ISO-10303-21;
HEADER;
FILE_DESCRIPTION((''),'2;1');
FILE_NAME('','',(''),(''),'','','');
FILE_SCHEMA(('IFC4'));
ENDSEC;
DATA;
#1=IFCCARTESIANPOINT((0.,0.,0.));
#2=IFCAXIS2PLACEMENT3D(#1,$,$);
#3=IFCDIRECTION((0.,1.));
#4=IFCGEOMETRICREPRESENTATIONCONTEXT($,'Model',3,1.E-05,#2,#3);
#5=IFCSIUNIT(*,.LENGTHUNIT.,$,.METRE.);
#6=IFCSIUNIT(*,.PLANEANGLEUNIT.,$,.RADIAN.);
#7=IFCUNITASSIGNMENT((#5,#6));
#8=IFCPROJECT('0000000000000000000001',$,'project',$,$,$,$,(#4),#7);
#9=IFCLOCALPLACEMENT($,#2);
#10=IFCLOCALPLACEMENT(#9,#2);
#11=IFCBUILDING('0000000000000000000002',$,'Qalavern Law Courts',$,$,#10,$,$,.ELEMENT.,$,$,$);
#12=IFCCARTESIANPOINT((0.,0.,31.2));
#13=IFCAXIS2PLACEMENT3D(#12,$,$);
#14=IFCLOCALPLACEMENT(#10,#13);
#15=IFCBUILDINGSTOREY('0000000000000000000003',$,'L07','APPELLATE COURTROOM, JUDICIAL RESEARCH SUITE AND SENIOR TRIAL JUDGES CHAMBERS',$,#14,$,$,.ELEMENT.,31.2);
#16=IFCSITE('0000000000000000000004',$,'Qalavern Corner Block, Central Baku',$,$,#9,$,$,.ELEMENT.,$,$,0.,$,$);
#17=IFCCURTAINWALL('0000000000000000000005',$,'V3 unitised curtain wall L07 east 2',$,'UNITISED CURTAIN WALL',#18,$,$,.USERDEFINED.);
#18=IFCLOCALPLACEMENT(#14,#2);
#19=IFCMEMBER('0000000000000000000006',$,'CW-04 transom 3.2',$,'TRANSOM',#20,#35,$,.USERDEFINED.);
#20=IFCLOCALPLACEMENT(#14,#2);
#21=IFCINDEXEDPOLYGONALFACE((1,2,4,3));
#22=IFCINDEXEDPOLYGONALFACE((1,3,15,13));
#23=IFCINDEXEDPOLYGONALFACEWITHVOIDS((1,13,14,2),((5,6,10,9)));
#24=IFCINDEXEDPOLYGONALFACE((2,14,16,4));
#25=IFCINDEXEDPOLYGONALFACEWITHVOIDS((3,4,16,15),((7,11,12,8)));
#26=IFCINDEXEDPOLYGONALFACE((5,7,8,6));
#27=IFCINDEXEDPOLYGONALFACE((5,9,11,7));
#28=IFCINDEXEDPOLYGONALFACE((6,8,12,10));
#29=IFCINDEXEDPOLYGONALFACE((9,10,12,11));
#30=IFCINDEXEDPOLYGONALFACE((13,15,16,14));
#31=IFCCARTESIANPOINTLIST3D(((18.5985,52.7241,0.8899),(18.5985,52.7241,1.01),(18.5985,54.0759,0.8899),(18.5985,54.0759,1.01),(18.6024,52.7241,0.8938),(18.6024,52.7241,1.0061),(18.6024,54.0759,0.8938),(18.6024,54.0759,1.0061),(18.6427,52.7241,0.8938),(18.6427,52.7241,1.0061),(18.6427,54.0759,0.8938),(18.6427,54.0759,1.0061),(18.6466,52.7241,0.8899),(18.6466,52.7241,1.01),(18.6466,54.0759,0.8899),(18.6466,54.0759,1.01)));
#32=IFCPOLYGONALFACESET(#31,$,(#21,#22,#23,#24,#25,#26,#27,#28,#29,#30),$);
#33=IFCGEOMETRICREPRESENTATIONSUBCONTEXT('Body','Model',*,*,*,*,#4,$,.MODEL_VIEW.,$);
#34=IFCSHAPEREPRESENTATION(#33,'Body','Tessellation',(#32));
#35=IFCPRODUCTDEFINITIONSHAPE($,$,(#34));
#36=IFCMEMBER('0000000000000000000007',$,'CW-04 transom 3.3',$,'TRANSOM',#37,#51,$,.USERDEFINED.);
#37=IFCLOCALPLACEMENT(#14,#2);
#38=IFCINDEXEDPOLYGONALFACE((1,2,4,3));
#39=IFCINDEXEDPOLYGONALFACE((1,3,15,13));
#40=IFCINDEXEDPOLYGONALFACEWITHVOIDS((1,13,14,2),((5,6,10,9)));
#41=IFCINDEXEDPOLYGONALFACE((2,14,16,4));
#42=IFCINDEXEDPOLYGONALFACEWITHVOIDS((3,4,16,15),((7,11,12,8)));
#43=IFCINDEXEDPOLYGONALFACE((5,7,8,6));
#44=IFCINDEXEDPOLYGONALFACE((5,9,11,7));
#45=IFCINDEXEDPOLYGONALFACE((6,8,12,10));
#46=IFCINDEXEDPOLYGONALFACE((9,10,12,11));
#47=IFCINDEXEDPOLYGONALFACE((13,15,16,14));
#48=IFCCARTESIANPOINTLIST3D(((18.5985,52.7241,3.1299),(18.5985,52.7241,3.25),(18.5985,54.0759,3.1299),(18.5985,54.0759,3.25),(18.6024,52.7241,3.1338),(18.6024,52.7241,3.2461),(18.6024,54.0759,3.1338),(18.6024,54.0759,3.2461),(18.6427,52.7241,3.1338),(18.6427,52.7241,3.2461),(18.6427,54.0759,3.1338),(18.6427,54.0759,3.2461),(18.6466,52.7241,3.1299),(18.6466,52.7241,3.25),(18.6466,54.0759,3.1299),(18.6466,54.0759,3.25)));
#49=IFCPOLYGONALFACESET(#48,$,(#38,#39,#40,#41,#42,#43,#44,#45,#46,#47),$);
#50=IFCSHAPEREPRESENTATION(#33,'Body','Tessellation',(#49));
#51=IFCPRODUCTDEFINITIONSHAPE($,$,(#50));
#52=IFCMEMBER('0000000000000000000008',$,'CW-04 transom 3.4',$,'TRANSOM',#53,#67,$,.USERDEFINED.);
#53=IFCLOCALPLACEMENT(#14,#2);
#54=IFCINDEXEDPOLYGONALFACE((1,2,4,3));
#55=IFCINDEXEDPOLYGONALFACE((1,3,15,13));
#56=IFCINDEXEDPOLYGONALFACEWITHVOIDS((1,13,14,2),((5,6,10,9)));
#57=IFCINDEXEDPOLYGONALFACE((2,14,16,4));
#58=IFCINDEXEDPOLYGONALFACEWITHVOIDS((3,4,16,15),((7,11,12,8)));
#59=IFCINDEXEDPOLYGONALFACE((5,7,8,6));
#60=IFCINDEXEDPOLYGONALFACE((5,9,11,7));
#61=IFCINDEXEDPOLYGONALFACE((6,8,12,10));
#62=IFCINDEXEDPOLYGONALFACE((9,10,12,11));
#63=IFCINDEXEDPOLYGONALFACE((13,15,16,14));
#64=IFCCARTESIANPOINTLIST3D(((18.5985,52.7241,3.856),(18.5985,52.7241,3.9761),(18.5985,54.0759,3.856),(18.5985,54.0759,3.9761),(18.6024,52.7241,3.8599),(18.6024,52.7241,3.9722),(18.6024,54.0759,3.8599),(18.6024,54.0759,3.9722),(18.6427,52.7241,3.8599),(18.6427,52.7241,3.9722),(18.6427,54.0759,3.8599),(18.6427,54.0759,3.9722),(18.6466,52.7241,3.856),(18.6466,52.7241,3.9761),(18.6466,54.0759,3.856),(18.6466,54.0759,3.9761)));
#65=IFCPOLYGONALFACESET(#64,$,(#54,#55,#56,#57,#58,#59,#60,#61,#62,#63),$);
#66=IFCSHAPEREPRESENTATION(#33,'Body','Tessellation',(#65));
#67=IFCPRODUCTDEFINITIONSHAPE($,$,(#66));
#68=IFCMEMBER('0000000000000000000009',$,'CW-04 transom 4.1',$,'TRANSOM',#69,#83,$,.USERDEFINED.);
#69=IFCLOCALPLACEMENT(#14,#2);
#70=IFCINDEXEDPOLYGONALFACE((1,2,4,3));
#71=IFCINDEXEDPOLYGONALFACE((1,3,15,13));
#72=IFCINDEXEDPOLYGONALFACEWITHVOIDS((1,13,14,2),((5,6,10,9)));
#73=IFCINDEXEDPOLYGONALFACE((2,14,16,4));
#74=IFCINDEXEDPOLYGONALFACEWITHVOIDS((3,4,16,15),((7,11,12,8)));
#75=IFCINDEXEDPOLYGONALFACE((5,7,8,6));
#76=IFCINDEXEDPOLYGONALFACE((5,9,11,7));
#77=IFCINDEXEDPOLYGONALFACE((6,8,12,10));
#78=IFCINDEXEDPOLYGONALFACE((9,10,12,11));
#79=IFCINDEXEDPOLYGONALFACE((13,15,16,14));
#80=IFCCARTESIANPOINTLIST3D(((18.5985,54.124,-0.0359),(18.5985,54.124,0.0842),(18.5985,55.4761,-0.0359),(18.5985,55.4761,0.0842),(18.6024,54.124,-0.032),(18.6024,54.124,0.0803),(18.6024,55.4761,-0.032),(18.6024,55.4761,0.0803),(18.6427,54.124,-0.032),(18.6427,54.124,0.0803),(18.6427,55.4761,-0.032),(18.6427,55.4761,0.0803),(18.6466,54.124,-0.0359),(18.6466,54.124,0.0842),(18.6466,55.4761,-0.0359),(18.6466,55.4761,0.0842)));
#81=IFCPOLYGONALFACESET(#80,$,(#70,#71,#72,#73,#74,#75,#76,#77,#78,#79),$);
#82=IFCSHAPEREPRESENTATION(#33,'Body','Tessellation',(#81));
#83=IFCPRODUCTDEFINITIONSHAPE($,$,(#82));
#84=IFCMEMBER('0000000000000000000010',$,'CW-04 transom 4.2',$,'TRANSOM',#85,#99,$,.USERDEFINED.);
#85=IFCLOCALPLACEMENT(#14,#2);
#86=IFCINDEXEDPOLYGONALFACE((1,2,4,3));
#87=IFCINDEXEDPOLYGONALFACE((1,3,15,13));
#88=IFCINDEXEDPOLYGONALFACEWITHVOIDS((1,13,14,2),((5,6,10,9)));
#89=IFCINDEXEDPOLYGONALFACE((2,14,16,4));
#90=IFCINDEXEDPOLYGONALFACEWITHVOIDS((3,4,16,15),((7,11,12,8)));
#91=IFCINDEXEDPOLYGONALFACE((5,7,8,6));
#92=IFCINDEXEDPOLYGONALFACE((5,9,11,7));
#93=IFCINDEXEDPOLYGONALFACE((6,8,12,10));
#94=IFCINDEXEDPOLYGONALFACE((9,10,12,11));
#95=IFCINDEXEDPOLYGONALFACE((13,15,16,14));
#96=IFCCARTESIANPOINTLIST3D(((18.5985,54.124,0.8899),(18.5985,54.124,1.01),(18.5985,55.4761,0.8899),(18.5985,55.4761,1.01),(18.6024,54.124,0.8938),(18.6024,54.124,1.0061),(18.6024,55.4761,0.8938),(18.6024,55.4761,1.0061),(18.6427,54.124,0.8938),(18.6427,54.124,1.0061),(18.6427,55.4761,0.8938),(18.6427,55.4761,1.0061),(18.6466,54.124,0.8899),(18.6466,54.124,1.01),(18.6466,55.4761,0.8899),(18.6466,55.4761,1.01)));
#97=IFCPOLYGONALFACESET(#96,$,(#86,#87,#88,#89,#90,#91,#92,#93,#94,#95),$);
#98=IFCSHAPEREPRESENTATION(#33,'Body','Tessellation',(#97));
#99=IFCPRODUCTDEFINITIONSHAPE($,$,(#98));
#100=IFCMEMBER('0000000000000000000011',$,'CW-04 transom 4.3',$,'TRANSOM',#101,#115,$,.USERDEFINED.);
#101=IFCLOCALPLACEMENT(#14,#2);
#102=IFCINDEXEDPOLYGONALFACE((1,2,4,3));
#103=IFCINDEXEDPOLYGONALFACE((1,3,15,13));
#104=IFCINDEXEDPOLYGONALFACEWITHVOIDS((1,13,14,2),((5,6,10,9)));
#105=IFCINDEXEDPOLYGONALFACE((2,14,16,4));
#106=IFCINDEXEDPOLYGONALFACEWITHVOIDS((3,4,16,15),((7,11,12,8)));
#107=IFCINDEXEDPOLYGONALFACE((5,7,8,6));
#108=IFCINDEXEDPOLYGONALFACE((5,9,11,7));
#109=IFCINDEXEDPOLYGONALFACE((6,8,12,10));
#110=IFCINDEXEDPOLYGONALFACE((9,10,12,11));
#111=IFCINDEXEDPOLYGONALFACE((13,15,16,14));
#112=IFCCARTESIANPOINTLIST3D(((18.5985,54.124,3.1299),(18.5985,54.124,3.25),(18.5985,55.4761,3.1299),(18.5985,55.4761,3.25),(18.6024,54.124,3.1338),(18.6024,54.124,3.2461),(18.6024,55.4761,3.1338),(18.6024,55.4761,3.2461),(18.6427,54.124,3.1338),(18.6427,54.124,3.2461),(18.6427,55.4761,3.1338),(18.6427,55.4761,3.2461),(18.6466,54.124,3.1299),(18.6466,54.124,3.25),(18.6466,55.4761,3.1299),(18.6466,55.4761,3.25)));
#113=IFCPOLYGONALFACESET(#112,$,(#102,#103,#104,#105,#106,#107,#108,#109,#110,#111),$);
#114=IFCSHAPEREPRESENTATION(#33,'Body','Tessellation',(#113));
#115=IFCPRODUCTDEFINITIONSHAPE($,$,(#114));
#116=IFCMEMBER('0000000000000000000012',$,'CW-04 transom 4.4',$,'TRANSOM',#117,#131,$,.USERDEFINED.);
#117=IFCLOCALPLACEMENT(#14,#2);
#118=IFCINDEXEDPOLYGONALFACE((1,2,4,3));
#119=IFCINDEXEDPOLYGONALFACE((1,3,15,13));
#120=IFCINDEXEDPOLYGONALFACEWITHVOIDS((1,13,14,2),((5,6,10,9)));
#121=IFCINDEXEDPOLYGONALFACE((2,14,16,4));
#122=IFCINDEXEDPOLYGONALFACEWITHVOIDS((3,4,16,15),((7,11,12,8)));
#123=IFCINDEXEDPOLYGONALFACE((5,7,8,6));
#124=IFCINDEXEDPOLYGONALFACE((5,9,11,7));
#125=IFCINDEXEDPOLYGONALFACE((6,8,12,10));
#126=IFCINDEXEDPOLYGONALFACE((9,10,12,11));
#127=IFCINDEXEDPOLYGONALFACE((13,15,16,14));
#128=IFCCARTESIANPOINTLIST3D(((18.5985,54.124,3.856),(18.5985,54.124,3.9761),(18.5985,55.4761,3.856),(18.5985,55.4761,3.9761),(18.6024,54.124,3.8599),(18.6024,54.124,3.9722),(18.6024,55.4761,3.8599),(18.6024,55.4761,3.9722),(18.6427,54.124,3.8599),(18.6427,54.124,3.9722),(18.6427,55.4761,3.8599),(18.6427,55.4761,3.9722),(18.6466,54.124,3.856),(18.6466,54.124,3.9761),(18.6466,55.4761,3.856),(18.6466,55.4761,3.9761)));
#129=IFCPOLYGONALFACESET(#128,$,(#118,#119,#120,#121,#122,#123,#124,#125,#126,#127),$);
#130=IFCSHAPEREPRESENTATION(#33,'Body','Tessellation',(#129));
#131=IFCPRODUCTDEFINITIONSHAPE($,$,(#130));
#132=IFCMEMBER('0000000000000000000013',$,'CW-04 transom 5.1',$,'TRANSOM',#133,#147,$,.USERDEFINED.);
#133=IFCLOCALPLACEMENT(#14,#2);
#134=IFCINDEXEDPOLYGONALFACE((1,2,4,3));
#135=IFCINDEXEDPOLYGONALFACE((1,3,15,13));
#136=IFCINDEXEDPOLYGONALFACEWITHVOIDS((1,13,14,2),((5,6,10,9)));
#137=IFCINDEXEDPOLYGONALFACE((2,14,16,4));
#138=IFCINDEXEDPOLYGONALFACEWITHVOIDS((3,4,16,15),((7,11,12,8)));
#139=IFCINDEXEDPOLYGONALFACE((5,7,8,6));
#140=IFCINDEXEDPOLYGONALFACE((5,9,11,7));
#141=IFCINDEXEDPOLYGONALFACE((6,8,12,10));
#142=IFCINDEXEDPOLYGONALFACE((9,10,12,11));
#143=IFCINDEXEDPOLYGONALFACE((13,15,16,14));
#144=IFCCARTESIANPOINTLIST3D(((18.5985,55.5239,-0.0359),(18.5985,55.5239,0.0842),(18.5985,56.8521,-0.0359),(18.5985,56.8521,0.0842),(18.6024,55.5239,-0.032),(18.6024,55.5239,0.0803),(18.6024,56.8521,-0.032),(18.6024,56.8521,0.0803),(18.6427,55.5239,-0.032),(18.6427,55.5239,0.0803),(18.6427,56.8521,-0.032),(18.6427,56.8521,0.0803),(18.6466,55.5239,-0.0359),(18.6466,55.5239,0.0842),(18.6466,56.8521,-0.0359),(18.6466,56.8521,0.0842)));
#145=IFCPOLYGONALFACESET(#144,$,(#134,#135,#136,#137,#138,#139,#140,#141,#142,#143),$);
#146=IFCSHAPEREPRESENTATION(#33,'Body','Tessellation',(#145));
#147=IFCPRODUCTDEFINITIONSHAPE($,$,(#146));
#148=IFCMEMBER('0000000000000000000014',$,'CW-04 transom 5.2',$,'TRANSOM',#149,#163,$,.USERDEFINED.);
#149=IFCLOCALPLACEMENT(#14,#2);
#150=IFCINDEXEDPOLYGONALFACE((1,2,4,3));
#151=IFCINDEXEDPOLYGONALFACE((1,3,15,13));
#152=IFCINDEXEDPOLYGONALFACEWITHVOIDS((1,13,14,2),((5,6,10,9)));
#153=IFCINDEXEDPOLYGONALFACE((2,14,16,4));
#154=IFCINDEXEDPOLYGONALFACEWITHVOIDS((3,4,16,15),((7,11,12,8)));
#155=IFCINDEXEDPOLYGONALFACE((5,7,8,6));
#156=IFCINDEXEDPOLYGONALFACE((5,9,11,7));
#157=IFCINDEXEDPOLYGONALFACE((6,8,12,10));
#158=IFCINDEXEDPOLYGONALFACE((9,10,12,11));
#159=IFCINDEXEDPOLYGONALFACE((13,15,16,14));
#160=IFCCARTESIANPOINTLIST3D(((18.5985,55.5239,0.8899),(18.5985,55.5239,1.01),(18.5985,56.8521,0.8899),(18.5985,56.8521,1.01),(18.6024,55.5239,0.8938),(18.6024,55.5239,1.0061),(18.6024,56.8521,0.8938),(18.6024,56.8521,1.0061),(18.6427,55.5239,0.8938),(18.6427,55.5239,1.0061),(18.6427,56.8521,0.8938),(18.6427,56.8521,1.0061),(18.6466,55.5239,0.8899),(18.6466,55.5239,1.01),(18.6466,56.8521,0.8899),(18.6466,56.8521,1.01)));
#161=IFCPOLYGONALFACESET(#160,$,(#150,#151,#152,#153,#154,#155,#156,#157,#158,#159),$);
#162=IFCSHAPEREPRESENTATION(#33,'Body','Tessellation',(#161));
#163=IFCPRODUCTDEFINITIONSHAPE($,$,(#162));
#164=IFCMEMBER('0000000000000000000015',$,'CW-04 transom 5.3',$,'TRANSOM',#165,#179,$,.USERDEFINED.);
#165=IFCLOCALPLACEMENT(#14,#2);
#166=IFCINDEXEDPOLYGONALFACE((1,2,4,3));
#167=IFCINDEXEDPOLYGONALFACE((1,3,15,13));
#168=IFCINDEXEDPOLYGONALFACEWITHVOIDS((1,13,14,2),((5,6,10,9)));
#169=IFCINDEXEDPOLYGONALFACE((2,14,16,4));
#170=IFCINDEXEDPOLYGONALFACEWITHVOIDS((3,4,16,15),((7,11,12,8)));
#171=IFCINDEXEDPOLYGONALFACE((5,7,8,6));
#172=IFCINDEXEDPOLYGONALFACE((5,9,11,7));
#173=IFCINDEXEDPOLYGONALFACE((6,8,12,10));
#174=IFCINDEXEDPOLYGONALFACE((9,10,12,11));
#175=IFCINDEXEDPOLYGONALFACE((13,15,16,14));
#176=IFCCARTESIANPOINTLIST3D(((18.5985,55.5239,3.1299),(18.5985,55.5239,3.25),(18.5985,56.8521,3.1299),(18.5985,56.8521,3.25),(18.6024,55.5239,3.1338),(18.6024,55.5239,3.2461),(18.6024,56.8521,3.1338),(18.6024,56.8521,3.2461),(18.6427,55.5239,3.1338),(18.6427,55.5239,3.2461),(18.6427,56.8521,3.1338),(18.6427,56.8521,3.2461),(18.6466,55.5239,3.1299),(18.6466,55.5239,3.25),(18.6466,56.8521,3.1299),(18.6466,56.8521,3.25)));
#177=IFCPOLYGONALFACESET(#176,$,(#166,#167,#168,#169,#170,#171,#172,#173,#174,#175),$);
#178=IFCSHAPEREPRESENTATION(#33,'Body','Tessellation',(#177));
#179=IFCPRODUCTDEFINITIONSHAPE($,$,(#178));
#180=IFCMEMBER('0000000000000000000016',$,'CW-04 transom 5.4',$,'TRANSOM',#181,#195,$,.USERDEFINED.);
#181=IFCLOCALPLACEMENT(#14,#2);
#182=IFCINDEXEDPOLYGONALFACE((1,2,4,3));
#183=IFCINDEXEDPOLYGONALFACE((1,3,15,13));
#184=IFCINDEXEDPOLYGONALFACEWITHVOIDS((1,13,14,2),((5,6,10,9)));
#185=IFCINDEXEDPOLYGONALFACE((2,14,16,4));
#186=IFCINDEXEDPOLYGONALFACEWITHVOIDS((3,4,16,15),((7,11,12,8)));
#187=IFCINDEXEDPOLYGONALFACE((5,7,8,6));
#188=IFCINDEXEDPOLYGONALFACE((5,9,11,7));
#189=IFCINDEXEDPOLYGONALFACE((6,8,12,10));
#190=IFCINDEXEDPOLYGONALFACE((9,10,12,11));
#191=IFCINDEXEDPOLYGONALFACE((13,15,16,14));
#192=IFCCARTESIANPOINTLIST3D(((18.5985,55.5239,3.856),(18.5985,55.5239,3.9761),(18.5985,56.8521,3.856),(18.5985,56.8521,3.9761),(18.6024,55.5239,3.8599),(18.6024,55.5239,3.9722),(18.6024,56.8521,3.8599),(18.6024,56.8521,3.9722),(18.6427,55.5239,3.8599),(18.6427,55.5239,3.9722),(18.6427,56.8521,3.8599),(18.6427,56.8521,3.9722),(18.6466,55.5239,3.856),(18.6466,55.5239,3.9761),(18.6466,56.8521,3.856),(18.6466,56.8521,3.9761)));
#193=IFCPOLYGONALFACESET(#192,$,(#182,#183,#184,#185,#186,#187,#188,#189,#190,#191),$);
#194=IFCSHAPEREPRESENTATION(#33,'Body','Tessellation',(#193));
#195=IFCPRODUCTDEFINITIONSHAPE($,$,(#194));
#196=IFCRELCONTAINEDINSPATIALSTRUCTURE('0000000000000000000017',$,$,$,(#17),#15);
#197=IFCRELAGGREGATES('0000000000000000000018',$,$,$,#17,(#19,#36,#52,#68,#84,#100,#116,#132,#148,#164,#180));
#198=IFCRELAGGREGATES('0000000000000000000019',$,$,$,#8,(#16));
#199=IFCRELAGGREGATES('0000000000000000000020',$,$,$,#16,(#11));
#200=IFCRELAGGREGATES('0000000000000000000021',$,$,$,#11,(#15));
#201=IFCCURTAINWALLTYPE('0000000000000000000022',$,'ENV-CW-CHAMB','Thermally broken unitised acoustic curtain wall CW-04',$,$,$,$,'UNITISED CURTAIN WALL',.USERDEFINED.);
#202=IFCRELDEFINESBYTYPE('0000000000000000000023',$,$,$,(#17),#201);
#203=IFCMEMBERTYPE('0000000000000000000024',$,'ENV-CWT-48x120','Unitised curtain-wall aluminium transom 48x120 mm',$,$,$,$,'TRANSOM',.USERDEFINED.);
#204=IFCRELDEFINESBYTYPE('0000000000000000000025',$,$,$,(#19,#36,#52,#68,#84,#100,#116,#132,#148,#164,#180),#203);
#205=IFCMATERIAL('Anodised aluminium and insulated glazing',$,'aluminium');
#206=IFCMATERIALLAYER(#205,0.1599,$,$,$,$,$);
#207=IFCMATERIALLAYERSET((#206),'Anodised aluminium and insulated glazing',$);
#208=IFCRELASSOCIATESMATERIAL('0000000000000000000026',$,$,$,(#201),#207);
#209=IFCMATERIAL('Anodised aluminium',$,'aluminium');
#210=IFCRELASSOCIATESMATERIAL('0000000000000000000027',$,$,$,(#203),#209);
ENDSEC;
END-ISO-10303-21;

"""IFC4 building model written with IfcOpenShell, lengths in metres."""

from ifc_helpers import new_model, si_unit, direction, frame, origin, origin_2d, place, context, subcontext, project, spatial, hollow_rectangle, extrude, material, layer, layer_set, material_profile, profile_set, type_object, element, aggregate, save


model = new_model("IFC4")

# Units and contexts
model_context = context("Model", 3, precision=1e-05, world=origin(), true_north=direction((0.0, 1.0)))
body_context = subcontext(model_context, "Body", "Model", "MODEL_VIEW")
ifc_project = project(units=[si_unit("LENGTHUNIT", "METRE"), si_unit("PLANEANGLEUNIT", "RADIAN")], contexts=[model_context])

# Site, building, storey
site_placement = place(None, origin())
site = spatial("IfcSite", under=ifc_project, at=site_placement, Name="Qalavern Corner Block, Central Baku", CompositionType="ELEMENT", RefElevation=0.0)
building_placement = place(site_placement, origin())
building = spatial("IfcBuilding", under=site, at=building_placement, Name="Qalavern Law Courts", CompositionType="ELEMENT")
storey_placement = place(building_placement, frame((0.0, 0.0, 31.2)))
storey = spatial("IfcBuildingStorey", under=building, at=storey_placement, Name="L07", Description="APPELLATE COURTROOM, JUDICIAL RESEARCH SUITE AND SENIOR TRIAL JUDGES CHAMBERS", CompositionType="ELEMENT", Elevation=31.2)

# Curtain wall
ifc_material_1 = material(Name="Anodised aluminium and insulated glazing", Category="aluminium")
ifc_layer_1 = layer(ifc_material_1, 0.1599)
ifc_layer_set_1 = layer_set([ifc_layer_1], Name="Anodised aluminium and insulated glazing")
curtain_wall_type = type_object("IfcCurtainWallType", Name="ENV-CW-CHAMB", Description="Thermally broken unitised acoustic curtain wall CW-04", ElementType="UNITISED CURTAIN WALL", PredefinedType="USERDEFINED", material=ifc_layer_set_1)
curtain_wall_1_placement = place(storey_placement, origin())
curtain_wall_1 = element("IfcCurtainWall", 1, at=curtain_wall_1_placement, inside=storey, type_object=curtain_wall_type, Name="V3 unitised curtain wall L07 east 2", ObjectType="UNITISED CURTAIN WALL", PredefinedType="USERDEFINED")
ifc_material_2 = material(Name="Anodised aluminium", Category="aluminium")

# Members
ifc_material_profile_1 = material_profile(ifc_material_2, hollow_rectangle(XDim=0.0481, YDim=0.1201, WallThickness=0.0039, at=origin_2d()), Name="ALU TRANSOM 48x120")
ifc_profile_set_1 = profile_set([ifc_material_profile_1], Name="Anodised aluminium")
member_type_1 = type_object("IfcMemberType", Name="ENV-CWT-48x120", Description="Unitised curtain-wall aluminium transom 48x120 mm", ElementType="TRANSOM", PredefinedType="USERDEFINED", material=ifc_profile_set_1)
member_1_placement = place(storey_placement, frame((18.6226, 52.7241, 0.95), z_axis=(0.0, 1.0, 0.0), x_axis=(-1.0, 0.0, 0.0)))
member_1 = element("IfcMember", 2, at=member_1_placement, type_object=member_type_1, Name="CW-04 transom 3.2", ObjectType="TRANSOM", PredefinedType="USERDEFINED", context=body_context, shape_type="SweptSolid", body=[
    extrude(hollow_rectangle(XDim=0.0481, YDim=0.1201, WallThickness=0.0039, at=origin_2d()), origin(), (0.0, 0.0, 1.0), 1.3518),
])
member_2_placement = place(storey_placement, frame((18.6226, 52.7241, 3.1899), z_axis=(0.0, 1.0, 0.0), x_axis=(-1.0, 0.0, 0.0)))
member_2 = element("IfcMember", 3, at=member_2_placement, type_object=member_type_1, Name="CW-04 transom 3.3", ObjectType="TRANSOM", PredefinedType="USERDEFINED", context=body_context, shape_type="SweptSolid", body=[
    extrude(hollow_rectangle(XDim=0.0481, YDim=0.1201, WallThickness=0.0039, at=origin_2d()), origin(), (0.0, 0.0, 1.0), 1.3518),
])
member_3_placement = place(storey_placement, frame((18.6226, 52.7241, 3.916), z_axis=(0.0, 1.0, 0.0), x_axis=(-1.0, 0.0, 0.0)))
member_3 = element("IfcMember", 4, at=member_3_placement, type_object=member_type_1, Name="CW-04 transom 3.4", ObjectType="TRANSOM", PredefinedType="USERDEFINED", context=body_context, shape_type="SweptSolid", body=[
    extrude(hollow_rectangle(XDim=0.0481, YDim=0.1201, WallThickness=0.0039, at=origin_2d()), origin(), (0.0, 0.0, 1.0), 1.3518),
])
member_4_placement = place(storey_placement, frame((18.6226, 54.124, 0.0242), z_axis=(0.0, 1.0, 0.0), x_axis=(-1.0, 0.0, 0.0)))
member_4 = element("IfcMember", 5, at=member_4_placement, type_object=member_type_1, Name="CW-04 transom 4.1", ObjectType="TRANSOM", PredefinedType="USERDEFINED", context=body_context, shape_type="SweptSolid", body=[
    extrude(hollow_rectangle(XDim=0.0481, YDim=0.1201, WallThickness=0.0039, at=origin_2d()), origin(), (0.0, 0.0, 1.0), 1.3521),
])
member_5_placement = place(storey_placement, frame((18.6226, 54.124, 0.95), z_axis=(0.0, 1.0, 0.0), x_axis=(-1.0, 0.0, 0.0)))
member_5 = element("IfcMember", 6, at=member_5_placement, type_object=member_type_1, Name="CW-04 transom 4.2", ObjectType="TRANSOM", PredefinedType="USERDEFINED", context=body_context, shape_type="SweptSolid", body=[
    extrude(hollow_rectangle(XDim=0.0481, YDim=0.1201, WallThickness=0.0039, at=origin_2d()), origin(), (0.0, 0.0, 1.0), 1.3521),
])
member_6_placement = place(storey_placement, frame((18.6226, 54.124, 3.1899), z_axis=(0.0, 1.0, 0.0), x_axis=(-1.0, 0.0, 0.0)))
member_6 = element("IfcMember", 7, at=member_6_placement, type_object=member_type_1, Name="CW-04 transom 4.3", ObjectType="TRANSOM", PredefinedType="USERDEFINED", context=body_context, shape_type="SweptSolid", body=[
    extrude(hollow_rectangle(XDim=0.0481, YDim=0.1201, WallThickness=0.0039, at=origin_2d()), origin(), (0.0, 0.0, 1.0), 1.3521),
])
member_7_placement = place(storey_placement, frame((18.6226, 54.124, 3.916), z_axis=(0.0, 1.0, 0.0), x_axis=(-1.0, 0.0, 0.0)))
member_7 = element("IfcMember", 8, at=member_7_placement, type_object=member_type_1, Name="CW-04 transom 4.4", ObjectType="TRANSOM", PredefinedType="USERDEFINED", context=body_context, shape_type="SweptSolid", body=[
    extrude(hollow_rectangle(XDim=0.0481, YDim=0.1201, WallThickness=0.0039, at=origin_2d()), origin(), (0.0, 0.0, 1.0), 1.3521),
])
member_8_placement = place(storey_placement, frame((18.6226, 55.5239, 0.0242), z_axis=(0.0, 1.0, 0.0), x_axis=(-1.0, 0.0, 0.0)))
member_8 = element("IfcMember", 9, at=member_8_placement, type_object=member_type_1, Name="CW-04 transom 5.1", ObjectType="TRANSOM", PredefinedType="USERDEFINED", context=body_context, shape_type="SweptSolid", body=[
    extrude(hollow_rectangle(XDim=0.0481, YDim=0.1201, WallThickness=0.0039, at=origin_2d()), origin(), (0.0, 0.0, 1.0), 1.3281),
])
member_9_placement = place(storey_placement, frame((18.6226, 55.5239, 0.95), z_axis=(0.0, 1.0, 0.0), x_axis=(-1.0, 0.0, 0.0)))
member_9 = element("IfcMember", 10, at=member_9_placement, type_object=member_type_1, Name="CW-04 transom 5.2", ObjectType="TRANSOM", PredefinedType="USERDEFINED", context=body_context, shape_type="SweptSolid", body=[
    extrude(hollow_rectangle(XDim=0.0481, YDim=0.1201, WallThickness=0.0039, at=origin_2d()), origin(), (0.0, 0.0, 1.0), 1.3281),
])
member_10_placement = place(storey_placement, frame((18.6226, 55.5239, 3.1899), z_axis=(0.0, 1.0, 0.0), x_axis=(-1.0, 0.0, 0.0)))
member_10 = element("IfcMember", 11, at=member_10_placement, type_object=member_type_1, Name="CW-04 transom 5.3", ObjectType="TRANSOM", PredefinedType="USERDEFINED", context=body_context, shape_type="SweptSolid", body=[
    extrude(hollow_rectangle(XDim=0.0481, YDim=0.1201, WallThickness=0.0039, at=origin_2d()), origin(), (0.0, 0.0, 1.0), 1.3281),
])
member_11_placement = place(storey_placement, frame((18.6226, 55.5239, 3.916), z_axis=(0.0, 1.0, 0.0), x_axis=(-1.0, 0.0, 0.0)))
member_11 = element("IfcMember", 12, at=member_11_placement, type_object=member_type_1, Name="CW-04 transom 5.4", ObjectType="TRANSOM", PredefinedType="USERDEFINED", context=body_context, shape_type="SweptSolid", body=[
    extrude(hollow_rectangle(XDim=0.0481, YDim=0.1201, WallThickness=0.0039, at=origin_2d()), origin(), (0.0, 0.0, 1.0), 1.3281),
])

aggregate(curtain_wall_1, [member_1, member_2, member_3, member_4, member_5, member_6, member_7, member_8, member_9, member_10, member_11])

save(model, "model.ifc")
